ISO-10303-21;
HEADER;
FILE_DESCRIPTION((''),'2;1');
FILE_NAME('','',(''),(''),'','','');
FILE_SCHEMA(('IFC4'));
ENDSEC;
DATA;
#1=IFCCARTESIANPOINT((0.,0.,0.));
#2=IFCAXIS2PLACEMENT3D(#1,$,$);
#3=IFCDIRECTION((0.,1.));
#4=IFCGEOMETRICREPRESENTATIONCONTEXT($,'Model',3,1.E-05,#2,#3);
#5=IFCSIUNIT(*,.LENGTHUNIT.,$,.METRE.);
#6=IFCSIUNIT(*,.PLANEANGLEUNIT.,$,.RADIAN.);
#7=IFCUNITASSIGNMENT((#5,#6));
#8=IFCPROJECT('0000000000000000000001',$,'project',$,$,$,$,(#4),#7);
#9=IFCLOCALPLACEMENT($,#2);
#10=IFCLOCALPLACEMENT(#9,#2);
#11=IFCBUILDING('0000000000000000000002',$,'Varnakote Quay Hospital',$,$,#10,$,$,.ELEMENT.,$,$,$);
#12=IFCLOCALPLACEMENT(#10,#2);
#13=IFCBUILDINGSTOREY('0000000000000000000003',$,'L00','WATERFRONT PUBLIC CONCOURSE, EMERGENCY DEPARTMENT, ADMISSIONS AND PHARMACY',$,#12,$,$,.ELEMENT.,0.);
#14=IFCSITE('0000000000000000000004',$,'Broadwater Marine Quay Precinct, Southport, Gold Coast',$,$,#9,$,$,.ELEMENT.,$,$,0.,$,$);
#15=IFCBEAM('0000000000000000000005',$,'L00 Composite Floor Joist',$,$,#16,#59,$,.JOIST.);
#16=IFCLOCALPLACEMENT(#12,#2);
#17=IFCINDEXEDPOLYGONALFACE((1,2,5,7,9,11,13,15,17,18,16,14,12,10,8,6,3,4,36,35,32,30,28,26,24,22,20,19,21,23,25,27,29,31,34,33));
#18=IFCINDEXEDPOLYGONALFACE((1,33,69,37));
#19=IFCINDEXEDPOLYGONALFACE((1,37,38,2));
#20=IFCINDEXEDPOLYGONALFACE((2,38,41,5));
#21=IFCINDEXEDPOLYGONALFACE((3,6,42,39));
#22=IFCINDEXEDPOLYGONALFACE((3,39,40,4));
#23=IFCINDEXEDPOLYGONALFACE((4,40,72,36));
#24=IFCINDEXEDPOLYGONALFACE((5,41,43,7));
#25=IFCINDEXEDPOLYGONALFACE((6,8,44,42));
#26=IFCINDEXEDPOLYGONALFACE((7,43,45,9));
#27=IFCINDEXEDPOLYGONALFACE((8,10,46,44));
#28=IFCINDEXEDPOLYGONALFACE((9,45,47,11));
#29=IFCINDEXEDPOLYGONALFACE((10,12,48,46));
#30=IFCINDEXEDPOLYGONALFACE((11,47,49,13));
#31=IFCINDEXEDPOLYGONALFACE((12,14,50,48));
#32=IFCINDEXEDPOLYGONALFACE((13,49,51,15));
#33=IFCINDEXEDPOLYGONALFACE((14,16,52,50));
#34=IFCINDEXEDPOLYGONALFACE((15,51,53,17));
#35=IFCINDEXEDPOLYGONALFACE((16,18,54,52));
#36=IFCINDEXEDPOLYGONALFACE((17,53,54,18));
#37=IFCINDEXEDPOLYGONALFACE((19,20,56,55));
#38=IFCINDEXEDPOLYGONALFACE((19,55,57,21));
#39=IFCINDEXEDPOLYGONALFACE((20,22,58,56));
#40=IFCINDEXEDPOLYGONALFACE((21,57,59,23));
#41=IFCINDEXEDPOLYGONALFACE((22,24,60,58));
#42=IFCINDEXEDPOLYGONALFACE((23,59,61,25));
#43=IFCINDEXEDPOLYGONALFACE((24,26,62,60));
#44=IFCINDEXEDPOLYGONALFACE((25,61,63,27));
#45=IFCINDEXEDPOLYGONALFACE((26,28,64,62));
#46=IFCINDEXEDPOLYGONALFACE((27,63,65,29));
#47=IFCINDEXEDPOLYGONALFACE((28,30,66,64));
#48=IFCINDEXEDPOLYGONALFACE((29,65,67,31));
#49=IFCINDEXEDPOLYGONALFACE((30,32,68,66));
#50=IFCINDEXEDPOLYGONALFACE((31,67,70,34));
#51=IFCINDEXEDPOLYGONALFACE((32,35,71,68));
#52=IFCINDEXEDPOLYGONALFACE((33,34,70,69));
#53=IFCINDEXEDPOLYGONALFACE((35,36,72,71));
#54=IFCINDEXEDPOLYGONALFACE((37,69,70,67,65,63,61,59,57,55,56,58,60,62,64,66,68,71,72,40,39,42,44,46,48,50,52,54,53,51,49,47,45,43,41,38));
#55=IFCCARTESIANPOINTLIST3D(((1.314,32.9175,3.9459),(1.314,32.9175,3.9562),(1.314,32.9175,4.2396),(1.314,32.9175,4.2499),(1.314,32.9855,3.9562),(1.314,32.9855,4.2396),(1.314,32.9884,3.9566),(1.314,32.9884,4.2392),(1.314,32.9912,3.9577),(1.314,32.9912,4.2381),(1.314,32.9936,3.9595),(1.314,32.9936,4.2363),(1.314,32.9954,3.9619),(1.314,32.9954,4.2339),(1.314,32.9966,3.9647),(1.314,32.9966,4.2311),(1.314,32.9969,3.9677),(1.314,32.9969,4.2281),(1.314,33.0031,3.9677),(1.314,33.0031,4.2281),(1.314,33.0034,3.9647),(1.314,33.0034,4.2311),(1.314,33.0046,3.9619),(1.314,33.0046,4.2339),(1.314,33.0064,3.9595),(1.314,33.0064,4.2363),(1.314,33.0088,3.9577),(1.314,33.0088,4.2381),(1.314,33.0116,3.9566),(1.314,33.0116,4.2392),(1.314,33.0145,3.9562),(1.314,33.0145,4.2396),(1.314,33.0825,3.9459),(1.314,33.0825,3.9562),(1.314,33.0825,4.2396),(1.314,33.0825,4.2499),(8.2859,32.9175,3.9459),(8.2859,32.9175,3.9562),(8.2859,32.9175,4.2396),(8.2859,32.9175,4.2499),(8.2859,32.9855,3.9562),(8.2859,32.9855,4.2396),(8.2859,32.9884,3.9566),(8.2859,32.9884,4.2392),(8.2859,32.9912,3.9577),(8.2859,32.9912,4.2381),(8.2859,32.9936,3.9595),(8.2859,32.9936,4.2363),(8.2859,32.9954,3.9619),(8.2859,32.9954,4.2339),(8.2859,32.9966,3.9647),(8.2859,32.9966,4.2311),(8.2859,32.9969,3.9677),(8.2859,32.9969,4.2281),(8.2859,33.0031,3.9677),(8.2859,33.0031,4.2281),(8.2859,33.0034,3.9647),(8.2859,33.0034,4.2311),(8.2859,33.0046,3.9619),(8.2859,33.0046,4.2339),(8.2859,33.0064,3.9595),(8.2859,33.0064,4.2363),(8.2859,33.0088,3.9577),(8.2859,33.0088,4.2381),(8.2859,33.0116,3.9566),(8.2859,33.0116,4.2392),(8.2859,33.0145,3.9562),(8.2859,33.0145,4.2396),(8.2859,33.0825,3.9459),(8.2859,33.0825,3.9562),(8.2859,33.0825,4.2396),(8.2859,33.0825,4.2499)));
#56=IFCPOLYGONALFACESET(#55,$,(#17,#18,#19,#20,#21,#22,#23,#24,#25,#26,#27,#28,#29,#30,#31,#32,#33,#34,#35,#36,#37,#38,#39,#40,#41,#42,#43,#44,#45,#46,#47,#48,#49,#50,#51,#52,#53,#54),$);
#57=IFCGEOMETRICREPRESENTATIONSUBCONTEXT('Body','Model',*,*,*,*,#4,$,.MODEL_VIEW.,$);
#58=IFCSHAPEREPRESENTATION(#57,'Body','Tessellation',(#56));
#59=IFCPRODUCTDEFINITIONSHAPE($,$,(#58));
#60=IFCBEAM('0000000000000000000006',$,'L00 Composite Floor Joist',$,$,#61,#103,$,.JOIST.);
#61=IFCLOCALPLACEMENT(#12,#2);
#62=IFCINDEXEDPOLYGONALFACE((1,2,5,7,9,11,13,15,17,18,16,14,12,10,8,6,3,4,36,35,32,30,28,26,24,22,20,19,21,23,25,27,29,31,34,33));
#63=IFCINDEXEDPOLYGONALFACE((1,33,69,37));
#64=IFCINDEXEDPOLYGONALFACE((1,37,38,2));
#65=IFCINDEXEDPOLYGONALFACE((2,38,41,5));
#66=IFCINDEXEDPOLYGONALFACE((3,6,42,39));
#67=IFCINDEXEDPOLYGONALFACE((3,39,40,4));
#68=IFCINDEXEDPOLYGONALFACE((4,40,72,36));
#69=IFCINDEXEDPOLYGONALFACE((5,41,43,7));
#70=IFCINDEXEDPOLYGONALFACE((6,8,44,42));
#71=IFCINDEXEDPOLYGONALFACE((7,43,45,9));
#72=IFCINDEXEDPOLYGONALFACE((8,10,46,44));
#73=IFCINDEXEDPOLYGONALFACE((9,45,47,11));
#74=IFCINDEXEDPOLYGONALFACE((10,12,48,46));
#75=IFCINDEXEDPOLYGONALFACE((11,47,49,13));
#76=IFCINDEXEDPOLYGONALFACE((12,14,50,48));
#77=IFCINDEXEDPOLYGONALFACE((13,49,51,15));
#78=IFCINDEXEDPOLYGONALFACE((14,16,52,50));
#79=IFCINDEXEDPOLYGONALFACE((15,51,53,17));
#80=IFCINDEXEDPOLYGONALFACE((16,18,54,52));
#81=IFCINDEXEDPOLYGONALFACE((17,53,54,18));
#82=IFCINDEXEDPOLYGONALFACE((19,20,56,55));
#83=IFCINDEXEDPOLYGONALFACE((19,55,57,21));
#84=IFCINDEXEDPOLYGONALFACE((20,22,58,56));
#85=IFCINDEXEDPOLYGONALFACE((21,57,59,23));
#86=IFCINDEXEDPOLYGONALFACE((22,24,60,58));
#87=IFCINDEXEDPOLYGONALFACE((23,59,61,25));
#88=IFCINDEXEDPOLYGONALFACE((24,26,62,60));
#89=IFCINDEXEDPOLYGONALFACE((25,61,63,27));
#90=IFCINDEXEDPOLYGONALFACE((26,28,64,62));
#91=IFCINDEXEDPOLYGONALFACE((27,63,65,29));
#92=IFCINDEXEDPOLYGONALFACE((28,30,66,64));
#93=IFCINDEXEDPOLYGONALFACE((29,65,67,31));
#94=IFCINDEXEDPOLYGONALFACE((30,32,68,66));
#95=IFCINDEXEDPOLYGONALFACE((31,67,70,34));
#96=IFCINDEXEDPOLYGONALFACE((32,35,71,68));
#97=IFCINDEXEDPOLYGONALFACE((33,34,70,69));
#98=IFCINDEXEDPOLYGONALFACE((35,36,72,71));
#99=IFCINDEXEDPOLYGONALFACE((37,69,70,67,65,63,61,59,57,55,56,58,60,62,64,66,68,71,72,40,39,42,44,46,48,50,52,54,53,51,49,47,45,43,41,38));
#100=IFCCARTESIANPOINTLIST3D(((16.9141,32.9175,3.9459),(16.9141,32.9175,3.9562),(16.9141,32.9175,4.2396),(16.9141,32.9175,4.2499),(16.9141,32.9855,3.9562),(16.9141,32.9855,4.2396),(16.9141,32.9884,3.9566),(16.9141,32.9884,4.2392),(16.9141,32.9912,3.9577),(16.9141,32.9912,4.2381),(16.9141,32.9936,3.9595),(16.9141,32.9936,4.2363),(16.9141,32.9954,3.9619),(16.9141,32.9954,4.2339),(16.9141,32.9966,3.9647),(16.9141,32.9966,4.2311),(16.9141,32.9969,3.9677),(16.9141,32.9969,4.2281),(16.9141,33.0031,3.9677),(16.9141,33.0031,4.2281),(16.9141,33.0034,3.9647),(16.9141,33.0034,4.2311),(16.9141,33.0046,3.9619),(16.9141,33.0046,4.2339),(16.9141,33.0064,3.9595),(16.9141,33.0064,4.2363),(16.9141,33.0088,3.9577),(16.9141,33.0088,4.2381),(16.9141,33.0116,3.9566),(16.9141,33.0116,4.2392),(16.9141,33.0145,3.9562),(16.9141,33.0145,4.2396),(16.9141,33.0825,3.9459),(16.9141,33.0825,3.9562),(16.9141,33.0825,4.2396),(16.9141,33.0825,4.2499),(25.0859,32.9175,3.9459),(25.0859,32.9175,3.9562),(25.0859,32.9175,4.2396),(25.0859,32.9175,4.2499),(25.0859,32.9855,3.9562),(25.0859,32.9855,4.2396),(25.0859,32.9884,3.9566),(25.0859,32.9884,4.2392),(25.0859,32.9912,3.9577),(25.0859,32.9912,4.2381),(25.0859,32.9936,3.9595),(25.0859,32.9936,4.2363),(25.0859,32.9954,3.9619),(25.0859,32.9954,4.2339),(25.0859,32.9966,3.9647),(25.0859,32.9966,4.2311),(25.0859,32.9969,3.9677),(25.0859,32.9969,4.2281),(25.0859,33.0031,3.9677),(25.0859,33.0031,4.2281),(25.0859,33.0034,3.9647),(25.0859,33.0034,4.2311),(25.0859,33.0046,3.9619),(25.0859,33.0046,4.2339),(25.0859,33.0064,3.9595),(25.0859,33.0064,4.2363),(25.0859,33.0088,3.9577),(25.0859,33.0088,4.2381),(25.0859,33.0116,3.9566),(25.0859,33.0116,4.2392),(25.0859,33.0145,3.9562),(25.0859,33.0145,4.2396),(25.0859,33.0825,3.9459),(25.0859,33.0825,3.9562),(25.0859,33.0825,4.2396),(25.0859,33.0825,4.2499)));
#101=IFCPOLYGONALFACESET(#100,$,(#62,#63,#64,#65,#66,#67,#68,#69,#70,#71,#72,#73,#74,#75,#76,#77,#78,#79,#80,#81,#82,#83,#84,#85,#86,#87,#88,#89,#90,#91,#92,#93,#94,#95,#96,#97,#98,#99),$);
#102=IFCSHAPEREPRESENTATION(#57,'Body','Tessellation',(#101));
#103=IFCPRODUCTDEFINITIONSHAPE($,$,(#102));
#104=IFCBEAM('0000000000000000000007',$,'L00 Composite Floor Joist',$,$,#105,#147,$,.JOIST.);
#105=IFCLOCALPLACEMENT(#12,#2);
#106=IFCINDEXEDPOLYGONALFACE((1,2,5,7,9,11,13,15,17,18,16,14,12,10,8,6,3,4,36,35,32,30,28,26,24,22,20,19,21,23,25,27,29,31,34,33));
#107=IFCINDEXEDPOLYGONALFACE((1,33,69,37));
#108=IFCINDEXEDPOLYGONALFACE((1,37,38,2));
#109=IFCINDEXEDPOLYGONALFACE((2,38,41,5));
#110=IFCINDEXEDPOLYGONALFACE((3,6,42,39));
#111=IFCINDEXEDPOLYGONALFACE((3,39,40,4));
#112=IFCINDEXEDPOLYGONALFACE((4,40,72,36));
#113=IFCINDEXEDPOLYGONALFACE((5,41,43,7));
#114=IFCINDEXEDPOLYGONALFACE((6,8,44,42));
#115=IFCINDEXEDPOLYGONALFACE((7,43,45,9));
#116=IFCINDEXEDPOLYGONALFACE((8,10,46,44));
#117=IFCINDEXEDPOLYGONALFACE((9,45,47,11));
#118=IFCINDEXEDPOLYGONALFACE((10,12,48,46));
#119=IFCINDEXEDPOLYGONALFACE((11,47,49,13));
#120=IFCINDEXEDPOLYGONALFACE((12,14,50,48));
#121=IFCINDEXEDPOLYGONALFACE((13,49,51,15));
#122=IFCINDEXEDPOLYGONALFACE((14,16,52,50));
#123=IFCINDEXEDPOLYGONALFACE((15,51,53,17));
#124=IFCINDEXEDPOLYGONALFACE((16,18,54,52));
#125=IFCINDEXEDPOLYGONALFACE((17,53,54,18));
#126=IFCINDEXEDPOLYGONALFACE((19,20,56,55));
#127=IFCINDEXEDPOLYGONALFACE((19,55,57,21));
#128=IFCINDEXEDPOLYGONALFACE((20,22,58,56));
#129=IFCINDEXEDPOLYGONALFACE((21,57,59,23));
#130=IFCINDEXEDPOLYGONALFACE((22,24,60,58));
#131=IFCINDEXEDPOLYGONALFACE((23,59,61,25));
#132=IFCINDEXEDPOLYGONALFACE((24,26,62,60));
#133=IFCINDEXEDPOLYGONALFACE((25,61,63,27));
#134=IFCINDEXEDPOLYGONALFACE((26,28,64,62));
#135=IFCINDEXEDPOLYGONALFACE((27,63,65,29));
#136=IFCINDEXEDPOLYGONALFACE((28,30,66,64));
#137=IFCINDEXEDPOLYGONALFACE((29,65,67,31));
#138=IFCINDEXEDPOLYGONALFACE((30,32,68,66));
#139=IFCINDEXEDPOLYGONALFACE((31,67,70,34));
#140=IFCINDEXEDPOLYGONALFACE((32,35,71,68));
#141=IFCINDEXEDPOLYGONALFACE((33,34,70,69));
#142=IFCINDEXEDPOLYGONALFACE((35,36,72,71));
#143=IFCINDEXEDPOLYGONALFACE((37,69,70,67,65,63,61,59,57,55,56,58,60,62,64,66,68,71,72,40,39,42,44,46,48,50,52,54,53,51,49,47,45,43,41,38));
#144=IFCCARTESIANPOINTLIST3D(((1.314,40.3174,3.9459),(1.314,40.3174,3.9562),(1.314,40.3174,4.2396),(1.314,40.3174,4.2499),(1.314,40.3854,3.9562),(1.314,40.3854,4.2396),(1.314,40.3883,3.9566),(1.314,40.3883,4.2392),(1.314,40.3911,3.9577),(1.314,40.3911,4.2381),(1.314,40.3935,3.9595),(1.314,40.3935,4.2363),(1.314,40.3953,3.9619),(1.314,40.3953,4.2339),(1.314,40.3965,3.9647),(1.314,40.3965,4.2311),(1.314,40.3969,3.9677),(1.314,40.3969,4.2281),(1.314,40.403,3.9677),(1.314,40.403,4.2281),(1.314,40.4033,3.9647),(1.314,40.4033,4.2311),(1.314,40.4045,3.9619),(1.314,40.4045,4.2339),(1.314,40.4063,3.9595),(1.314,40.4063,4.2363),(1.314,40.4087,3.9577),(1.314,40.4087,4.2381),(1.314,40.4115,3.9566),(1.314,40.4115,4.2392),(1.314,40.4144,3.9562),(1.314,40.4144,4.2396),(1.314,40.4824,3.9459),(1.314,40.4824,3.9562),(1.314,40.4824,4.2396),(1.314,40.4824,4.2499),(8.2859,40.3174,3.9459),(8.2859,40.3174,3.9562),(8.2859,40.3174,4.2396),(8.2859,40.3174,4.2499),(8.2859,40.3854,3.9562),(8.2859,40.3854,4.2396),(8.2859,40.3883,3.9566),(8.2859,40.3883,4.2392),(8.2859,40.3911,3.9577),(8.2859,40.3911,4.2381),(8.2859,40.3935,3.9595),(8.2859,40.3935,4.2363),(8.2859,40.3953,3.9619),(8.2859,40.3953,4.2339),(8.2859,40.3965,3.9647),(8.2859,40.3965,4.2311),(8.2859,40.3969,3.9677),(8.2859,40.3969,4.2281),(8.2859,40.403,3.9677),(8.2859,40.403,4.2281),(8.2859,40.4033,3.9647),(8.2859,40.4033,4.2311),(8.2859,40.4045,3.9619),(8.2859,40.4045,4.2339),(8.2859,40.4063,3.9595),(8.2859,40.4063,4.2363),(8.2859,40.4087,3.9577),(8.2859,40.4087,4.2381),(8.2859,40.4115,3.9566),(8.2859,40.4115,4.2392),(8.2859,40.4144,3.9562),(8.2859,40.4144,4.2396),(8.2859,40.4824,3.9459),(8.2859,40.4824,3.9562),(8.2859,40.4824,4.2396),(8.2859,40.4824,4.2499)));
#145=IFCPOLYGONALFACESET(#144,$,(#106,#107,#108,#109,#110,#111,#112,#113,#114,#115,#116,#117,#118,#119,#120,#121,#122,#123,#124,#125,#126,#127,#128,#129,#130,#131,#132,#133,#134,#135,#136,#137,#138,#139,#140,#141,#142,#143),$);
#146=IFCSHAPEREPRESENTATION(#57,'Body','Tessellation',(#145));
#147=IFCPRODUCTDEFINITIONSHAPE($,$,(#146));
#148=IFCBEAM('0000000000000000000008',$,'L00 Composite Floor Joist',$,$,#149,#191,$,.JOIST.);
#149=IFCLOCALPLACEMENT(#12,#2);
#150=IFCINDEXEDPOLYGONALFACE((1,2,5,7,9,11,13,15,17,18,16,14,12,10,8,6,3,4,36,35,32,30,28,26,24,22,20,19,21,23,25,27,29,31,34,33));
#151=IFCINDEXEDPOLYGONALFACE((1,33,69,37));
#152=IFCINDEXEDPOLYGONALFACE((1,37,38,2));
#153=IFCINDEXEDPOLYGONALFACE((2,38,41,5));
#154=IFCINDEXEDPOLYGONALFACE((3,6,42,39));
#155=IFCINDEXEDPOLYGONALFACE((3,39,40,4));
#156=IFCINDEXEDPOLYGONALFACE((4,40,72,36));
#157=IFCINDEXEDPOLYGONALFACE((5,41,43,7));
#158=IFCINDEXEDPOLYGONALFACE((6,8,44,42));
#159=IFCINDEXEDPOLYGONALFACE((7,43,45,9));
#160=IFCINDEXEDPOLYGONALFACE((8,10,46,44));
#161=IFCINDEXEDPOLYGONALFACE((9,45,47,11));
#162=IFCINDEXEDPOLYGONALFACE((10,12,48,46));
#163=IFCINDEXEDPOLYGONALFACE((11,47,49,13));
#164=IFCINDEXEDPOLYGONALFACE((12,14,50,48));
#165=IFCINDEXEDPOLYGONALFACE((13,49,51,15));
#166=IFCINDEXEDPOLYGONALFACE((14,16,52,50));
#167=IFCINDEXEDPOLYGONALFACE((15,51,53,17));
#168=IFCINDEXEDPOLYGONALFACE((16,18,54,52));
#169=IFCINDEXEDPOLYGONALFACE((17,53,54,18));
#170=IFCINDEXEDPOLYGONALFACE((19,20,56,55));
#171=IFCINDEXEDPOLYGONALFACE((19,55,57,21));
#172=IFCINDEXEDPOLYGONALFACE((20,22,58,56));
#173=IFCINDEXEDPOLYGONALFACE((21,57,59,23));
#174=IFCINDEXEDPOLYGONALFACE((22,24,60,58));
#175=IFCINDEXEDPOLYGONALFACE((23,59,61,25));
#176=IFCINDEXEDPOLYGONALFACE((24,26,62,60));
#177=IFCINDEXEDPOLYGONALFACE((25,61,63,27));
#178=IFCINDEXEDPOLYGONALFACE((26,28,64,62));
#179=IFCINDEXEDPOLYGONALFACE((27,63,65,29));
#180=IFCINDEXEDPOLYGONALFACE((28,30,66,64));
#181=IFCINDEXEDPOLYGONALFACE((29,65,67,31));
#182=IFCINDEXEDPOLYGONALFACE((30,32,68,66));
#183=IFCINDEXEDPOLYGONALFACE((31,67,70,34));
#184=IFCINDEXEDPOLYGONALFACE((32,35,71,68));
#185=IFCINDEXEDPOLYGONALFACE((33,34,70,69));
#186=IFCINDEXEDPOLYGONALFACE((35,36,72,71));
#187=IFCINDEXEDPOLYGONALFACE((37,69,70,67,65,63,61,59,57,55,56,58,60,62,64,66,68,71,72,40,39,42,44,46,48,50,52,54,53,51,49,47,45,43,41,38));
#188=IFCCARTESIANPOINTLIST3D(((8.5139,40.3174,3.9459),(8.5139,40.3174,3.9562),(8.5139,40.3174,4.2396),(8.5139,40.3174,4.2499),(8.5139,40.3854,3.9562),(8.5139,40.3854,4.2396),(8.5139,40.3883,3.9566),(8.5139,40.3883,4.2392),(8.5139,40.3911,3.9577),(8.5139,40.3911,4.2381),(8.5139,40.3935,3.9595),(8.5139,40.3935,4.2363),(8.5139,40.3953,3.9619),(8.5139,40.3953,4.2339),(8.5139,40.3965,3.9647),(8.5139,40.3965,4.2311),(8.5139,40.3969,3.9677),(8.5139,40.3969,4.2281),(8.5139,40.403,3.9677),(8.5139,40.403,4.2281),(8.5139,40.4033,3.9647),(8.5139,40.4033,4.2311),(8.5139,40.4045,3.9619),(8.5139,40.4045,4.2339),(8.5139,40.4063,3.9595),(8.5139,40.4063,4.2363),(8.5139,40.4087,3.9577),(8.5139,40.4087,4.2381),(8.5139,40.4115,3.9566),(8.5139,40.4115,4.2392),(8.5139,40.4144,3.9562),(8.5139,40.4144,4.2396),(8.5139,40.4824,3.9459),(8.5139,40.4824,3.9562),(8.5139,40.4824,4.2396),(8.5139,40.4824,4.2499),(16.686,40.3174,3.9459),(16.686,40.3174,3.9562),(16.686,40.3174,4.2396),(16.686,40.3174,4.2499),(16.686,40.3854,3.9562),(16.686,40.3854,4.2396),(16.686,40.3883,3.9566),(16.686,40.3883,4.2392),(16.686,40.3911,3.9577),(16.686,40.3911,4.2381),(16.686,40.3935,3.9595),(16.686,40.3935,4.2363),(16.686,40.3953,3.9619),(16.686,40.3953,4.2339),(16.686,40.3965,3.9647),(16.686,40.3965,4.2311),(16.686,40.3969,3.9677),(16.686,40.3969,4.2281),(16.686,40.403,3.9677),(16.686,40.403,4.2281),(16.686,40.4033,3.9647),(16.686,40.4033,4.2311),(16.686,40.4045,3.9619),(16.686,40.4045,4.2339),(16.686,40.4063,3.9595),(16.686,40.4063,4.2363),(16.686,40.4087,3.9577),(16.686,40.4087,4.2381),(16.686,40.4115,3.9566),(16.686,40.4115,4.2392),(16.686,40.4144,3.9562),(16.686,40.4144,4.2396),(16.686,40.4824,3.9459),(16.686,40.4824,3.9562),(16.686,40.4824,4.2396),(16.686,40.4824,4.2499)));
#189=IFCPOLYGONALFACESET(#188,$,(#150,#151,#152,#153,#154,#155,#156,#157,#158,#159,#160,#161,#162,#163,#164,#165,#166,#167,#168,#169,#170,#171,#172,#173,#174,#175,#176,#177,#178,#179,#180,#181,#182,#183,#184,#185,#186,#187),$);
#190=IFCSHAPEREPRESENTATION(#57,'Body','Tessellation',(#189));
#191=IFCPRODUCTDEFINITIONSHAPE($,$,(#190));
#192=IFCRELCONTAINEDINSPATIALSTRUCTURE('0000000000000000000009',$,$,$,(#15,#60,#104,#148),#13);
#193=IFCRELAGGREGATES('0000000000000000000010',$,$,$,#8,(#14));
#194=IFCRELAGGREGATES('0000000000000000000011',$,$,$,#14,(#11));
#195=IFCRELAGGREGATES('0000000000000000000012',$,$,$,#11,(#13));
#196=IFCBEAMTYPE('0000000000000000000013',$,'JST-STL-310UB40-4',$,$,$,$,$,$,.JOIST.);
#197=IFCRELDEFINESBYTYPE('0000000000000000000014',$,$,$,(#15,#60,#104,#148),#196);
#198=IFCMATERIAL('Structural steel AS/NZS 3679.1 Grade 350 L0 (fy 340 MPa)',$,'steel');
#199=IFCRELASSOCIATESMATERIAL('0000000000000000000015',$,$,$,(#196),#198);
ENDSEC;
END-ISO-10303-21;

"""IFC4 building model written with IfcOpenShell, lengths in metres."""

from ifc_helpers import new_model, si_unit, direction, frame, origin, origin_2d, place, context, subcontext, project, spatial, i_section, extrude, material, material_profile, profile_set, type_object, element, save


model = new_model("IFC4")

# Units and contexts
model_context = context("Model", 3, precision=1e-05, world=origin(), true_north=direction((0.0, 1.0)))
body_context = subcontext(model_context, "Body", "Model", "MODEL_VIEW")
ifc_project = project(units=[si_unit("LENGTHUNIT", "METRE"), si_unit("PLANEANGLEUNIT", "RADIAN")], contexts=[model_context])

# Site, building, storey
site_placement = place(None, origin())
site = spatial("IfcSite", under=ifc_project, at=site_placement, Name="Broadwater Marine Quay Precinct, Southport, Gold Coast", CompositionType="ELEMENT", RefElevation=0.0)
building_placement = place(site_placement, origin())
building = spatial("IfcBuilding", under=site, at=building_placement, Name="Varnakote Quay Hospital", CompositionType="ELEMENT")
storey_placement = place(building_placement, origin())
storey = spatial("IfcBuildingStorey", under=building, at=storey_placement, Name="L00", Description="WATERFRONT PUBLIC CONCOURSE, EMERGENCY DEPARTMENT, ADMISSIONS AND PHARMACY", CompositionType="ELEMENT", Elevation=0.0)

# Beams
ifc_material_1 = material(Name="Structural steel AS/NZS 3679.1 Grade 350 L0 (fy 340 MPa)", Category="steel")
ifc_material_profile_1 = material_profile(ifc_material_1, i_section(OverallWidth=0.165, OverallDepth=0.304, WebThickness=0.0061, FlangeThickness=0.0103, FilletRadius=0.0115, at=origin_2d()), Name="310UB40.4")
ifc_profile_set_1 = profile_set([ifc_material_profile_1], Name="Structural steel AS/NZS 3679.1 Grade 350 L0 (fy 340 MPa)")
beam_type_1 = type_object("IfcBeamType", Name="JST-STL-310UB40-4", PredefinedType="JOIST", material=ifc_profile_set_1)
beam_1_placement = place(storey_placement, frame((1.314, 33.0, 4.0979), z_axis=(1.0, 0.0, 0.0), x_axis=(0.0, 1.0, 0.0)))
element("IfcBeam", 1, at=beam_1_placement, inside=storey, type_object=beam_type_1, Name="L00 Composite Floor Joist", PredefinedType="JOIST", context=body_context, shape_type="SweptSolid", body=[
    extrude(i_section(OverallWidth=0.165, OverallDepth=0.304, WebThickness=0.0061, FlangeThickness=0.0103, FilletRadius=0.0115, at=origin_2d()), origin(), (0.0, 0.0, 1.0), 6.9719),
])
beam_2_placement = place(storey_placement, frame((16.9141, 33.0, 4.0979), z_axis=(1.0, 0.0, 0.0), x_axis=(0.0, 1.0, 0.0)))
element("IfcBeam", 2, at=beam_2_placement, inside=storey, type_object=beam_type_1, Name="L00 Composite Floor Joist", PredefinedType="JOIST", context=body_context, shape_type="SweptSolid", body=[
    extrude(i_section(OverallWidth=0.165, OverallDepth=0.304, WebThickness=0.0061, FlangeThickness=0.0103, FilletRadius=0.0115, at=origin_2d()), origin(), (0.0, 0.0, 1.0), 8.1719),
])
beam_3_placement = place(storey_placement, frame((1.314, 40.3999, 4.0979), z_axis=(1.0, 0.0, 0.0), x_axis=(0.0, 1.0, 0.0)))
element("IfcBeam", 3, at=beam_3_placement, inside=storey, type_object=beam_type_1, Name="L00 Composite Floor Joist", PredefinedType="JOIST", context=body_context, shape_type="SweptSolid", body=[
    extrude(i_section(OverallWidth=0.165, OverallDepth=0.304, WebThickness=0.0061, FlangeThickness=0.0103, FilletRadius=0.0115, at=origin_2d()), origin(), (0.0, 0.0, 1.0), 6.9719),
])
beam_4_placement = place(storey_placement, frame((8.5139, 40.3999, 4.0979), z_axis=(1.0, 0.0, 0.0), x_axis=(0.0, 1.0, 0.0)))
element("IfcBeam", 4, at=beam_4_placement, inside=storey, type_object=beam_type_1, Name="L00 Composite Floor Joist", PredefinedType="JOIST", context=body_context, shape_type="SweptSolid", body=[
    extrude(i_section(OverallWidth=0.165, OverallDepth=0.304, WebThickness=0.0061, FlangeThickness=0.0103, FilletRadius=0.0115, at=origin_2d()), origin(), (0.0, 0.0, 1.0), 8.1721),
])

save(model, "model.ifc")
